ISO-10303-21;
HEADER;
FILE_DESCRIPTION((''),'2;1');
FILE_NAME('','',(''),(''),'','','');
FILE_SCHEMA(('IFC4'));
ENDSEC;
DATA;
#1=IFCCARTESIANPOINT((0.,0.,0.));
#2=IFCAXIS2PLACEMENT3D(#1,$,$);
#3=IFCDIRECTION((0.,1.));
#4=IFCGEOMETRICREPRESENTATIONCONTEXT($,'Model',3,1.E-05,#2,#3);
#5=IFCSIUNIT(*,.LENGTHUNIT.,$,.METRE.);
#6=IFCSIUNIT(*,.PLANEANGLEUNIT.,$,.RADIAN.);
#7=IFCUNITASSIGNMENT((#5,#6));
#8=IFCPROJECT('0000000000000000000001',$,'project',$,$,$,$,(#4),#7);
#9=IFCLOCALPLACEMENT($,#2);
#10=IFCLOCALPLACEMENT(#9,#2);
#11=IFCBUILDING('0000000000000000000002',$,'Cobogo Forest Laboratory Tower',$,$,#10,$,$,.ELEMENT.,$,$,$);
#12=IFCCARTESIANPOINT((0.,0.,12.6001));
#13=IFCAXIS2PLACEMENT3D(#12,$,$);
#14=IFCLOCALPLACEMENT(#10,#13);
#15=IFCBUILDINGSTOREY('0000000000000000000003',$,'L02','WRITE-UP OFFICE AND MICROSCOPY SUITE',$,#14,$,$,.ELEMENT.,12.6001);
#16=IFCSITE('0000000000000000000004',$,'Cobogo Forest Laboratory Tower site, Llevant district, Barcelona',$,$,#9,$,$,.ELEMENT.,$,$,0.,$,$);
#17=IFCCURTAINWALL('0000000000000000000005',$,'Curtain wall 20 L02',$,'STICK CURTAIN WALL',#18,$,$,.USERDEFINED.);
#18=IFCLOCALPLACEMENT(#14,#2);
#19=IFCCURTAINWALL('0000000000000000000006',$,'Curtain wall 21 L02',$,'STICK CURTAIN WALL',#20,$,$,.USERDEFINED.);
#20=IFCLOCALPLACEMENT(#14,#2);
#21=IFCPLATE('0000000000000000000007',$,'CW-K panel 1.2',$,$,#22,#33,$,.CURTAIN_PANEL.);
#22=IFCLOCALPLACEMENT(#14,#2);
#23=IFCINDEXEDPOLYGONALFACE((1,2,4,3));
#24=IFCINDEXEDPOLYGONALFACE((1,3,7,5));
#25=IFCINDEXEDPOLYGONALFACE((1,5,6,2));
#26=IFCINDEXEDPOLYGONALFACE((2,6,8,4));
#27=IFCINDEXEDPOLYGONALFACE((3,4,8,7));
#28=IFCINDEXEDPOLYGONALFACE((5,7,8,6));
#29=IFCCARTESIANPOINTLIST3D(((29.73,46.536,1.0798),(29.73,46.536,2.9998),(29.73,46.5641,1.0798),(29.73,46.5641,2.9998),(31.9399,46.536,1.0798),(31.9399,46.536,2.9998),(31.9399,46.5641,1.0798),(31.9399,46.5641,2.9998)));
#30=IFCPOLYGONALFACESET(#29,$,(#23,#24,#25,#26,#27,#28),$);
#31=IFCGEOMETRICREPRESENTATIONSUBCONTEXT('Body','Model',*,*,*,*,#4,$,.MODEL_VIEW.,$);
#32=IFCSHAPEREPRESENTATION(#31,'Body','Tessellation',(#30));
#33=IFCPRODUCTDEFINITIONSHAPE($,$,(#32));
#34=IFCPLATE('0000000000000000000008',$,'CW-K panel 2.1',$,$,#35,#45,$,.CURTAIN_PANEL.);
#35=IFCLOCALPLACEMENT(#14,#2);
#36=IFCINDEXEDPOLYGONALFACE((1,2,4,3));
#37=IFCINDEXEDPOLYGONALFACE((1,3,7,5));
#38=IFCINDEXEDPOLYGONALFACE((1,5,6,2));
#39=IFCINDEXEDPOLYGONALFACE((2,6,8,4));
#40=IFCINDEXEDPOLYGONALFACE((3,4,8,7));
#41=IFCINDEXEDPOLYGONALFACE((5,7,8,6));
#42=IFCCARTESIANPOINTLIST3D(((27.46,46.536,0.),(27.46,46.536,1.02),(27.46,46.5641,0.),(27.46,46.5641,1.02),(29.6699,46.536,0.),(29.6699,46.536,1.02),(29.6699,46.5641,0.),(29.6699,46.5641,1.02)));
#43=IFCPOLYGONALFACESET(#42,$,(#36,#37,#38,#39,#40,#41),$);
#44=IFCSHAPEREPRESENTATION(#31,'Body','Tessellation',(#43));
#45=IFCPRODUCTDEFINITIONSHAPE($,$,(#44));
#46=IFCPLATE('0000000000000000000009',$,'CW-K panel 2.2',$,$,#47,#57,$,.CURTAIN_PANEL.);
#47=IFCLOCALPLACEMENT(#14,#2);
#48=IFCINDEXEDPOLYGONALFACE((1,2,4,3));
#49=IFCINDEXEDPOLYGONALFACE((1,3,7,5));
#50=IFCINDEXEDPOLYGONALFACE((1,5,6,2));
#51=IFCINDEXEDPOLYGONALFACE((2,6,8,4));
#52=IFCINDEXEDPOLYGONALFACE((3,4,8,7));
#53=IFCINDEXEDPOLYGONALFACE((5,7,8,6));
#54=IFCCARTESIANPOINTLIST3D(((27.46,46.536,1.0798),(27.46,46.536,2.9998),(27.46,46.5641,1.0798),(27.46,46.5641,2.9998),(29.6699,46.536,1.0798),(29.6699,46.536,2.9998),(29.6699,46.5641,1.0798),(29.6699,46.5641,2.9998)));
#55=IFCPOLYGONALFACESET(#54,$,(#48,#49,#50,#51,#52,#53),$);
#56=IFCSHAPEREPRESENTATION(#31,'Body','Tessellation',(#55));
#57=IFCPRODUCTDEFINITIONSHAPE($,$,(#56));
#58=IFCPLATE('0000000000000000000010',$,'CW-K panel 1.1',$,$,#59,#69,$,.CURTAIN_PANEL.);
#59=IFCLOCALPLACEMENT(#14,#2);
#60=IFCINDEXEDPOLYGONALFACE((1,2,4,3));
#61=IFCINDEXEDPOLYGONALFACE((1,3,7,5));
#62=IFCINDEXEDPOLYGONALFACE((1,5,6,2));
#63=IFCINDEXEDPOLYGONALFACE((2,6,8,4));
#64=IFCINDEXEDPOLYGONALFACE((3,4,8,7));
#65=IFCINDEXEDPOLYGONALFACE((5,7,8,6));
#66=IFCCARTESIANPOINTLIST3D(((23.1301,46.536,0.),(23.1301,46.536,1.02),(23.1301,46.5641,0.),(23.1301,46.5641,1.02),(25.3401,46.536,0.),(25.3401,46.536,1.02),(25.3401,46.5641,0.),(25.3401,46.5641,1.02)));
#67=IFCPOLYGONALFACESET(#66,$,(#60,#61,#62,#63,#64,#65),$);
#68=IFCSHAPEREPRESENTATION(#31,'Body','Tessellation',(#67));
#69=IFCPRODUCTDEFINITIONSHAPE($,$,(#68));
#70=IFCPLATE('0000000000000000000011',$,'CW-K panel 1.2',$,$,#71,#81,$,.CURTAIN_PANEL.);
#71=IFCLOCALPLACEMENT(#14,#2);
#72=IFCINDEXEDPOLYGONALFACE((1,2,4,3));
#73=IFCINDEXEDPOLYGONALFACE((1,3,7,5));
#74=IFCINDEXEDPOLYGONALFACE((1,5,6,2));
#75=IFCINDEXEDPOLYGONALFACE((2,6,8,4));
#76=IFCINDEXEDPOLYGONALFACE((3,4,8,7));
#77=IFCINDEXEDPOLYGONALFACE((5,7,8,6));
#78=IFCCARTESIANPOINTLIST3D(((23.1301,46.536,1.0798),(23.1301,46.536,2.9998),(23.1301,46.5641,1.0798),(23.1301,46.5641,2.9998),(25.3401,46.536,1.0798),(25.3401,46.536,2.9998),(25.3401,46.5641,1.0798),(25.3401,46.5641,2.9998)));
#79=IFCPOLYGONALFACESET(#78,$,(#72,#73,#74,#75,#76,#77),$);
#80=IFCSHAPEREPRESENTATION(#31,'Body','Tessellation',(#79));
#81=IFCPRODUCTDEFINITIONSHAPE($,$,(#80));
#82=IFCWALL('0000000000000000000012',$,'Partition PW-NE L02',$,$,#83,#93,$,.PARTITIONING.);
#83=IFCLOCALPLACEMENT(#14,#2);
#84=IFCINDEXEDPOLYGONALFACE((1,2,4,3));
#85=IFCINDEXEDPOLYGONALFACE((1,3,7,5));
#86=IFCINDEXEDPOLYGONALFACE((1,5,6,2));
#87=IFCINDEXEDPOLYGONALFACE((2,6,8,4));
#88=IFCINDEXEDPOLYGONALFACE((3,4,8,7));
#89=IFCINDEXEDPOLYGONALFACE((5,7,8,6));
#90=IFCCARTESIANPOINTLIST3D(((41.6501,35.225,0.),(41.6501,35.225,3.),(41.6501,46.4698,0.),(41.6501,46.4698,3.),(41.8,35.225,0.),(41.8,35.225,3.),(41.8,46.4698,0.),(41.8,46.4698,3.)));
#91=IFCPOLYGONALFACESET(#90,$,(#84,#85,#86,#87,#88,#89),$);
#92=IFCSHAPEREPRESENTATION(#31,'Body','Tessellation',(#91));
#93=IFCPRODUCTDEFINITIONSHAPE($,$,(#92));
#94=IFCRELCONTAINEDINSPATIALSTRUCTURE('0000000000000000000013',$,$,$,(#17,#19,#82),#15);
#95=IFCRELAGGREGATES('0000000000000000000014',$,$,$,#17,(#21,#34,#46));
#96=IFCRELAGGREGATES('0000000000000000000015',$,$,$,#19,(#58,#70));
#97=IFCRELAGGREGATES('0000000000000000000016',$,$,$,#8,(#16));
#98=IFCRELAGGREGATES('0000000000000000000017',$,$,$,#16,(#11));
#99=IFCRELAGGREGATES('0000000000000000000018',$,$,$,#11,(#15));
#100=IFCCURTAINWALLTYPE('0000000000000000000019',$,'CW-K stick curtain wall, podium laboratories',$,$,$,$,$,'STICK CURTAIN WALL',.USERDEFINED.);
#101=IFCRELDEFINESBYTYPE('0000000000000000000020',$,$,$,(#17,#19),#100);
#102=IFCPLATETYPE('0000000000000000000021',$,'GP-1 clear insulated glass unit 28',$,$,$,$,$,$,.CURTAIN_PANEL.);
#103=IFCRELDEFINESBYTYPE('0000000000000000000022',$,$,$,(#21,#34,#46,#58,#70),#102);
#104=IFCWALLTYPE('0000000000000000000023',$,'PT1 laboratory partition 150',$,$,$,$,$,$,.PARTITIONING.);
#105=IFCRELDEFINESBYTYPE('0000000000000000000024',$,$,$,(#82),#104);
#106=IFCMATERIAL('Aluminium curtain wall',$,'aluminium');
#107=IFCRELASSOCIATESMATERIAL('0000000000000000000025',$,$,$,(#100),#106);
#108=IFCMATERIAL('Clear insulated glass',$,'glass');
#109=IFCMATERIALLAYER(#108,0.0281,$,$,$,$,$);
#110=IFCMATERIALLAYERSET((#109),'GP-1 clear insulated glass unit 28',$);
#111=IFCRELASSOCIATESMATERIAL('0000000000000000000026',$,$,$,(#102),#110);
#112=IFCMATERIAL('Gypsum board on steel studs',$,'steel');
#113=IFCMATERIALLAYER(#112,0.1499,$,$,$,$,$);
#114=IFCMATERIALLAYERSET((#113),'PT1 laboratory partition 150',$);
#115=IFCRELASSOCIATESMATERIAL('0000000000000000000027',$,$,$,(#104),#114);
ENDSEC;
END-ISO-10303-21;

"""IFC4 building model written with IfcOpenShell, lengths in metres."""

from ifc_helpers import new_model, si_unit, direction, frame, frame_2d, origin, origin_2d, place, context, subcontext, project, spatial, rectangle, extrude, material, layer, layer_set, type_object, element, aggregate, save


model = new_model("IFC4")

# Units and contexts
model_context = context("Model", 3, precision=1e-05, world=origin(), true_north=direction((0.0, 1.0)))
body_context = subcontext(model_context, "Body", "Model", "MODEL_VIEW")
ifc_project = project(units=[si_unit("LENGTHUNIT", "METRE"), si_unit("PLANEANGLEUNIT", "RADIAN")], contexts=[model_context])

# Site, building, storey
site_placement = place(None, origin())
site = spatial("IfcSite", under=ifc_project, at=site_placement, Name="Cobogo Forest Laboratory Tower site, Llevant district, Barcelona", CompositionType="ELEMENT", RefElevation=0.0)
building_placement = place(site_placement, origin())
building = spatial("IfcBuilding", under=site, at=building_placement, Name="Cobogo Forest Laboratory Tower", CompositionType="ELEMENT")
storey_placement = place(building_placement, frame((0.0, 0.0, 12.6001)))
storey = spatial("IfcBuildingStorey", under=building, at=storey_placement, Name="L02", Description="WRITE-UP OFFICE AND MICROSCOPY SUITE", CompositionType="ELEMENT", Elevation=12.6001)

# Curtain wall
ifc_material_1 = material(Name="Aluminium curtain wall", Category="aluminium")
curtain_wall_type = type_object("IfcCurtainWallType", Name="CW-K stick curtain wall, podium laboratories", ElementType="STICK CURTAIN WALL", PredefinedType="USERDEFINED", material=ifc_material_1)
curtain_wall_1_placement = place(storey_placement, origin())
curtain_wall_1 = element("IfcCurtainWall", 1, at=curtain_wall_1_placement, inside=storey, type_object=curtain_wall_type, Name="Curtain wall 20 L02", ObjectType="STICK CURTAIN WALL", PredefinedType="USERDEFINED")

# Curtain wall
curtain_wall_2_placement = place(storey_placement, origin())
curtain_wall_2 = element("IfcCurtainWall", 2, at=curtain_wall_2_placement, inside=storey, type_object=curtain_wall_type, Name="Curtain wall 21 L02", ObjectType="STICK CURTAIN WALL", PredefinedType="USERDEFINED")

# Plates
ifc_material_2 = material(Name="Clear insulated glass", Category="glass")
ifc_layer_1 = layer(ifc_material_2, 0.0281)
ifc_layer_set_1 = layer_set([ifc_layer_1], Name="GP-1 clear insulated glass unit 28")
plate_type_1 = type_object("IfcPlateType", Name="GP-1 clear insulated glass unit 28", PredefinedType="CURTAIN_PANEL", material=ifc_layer_set_1)
plate_1_placement = place(storey_placement, frame((30.835, 46.55, 1.0798), z_axis=(0.0, 0.0, 1.0), x_axis=(-1.0, 0.0, 0.0)))
plate_1 = element("IfcPlate", 3, at=plate_1_placement, type_object=plate_type_1, Name="CW-K panel 1.2", PredefinedType="CURTAIN_PANEL", context=body_context, shape_type="SweptSolid", body=[
    extrude(rectangle(XDim=2.21, YDim=0.0281, at=origin_2d()), origin(), (0.0, 0.0, 1.0), 1.9199),
])
plate_2_placement = place(storey_placement, frame((28.5649, 46.55, 0.0), z_axis=(0.0, 0.0, 1.0), x_axis=(-1.0, 0.0, 0.0)))
plate_2 = element("IfcPlate", 4, at=plate_2_placement, type_object=plate_type_1, Name="CW-K panel 2.1", PredefinedType="CURTAIN_PANEL", context=body_context, shape_type="SweptSolid", body=[
    extrude(rectangle(XDim=2.21, YDim=0.0281, at=origin_2d()), origin(), (0.0, 0.0, 1.0), 1.02),
])
plate_3_placement = place(storey_placement, frame((28.5649, 46.55, 1.0798), z_axis=(0.0, 0.0, 1.0), x_axis=(-1.0, 0.0, 0.0)))
plate_3 = element("IfcPlate", 5, at=plate_3_placement, type_object=plate_type_1, Name="CW-K panel 2.2", PredefinedType="CURTAIN_PANEL", context=body_context, shape_type="SweptSolid", body=[
    extrude(rectangle(XDim=2.21, YDim=0.0281, at=origin_2d()), origin(), (0.0, 0.0, 1.0), 1.9199),
])
aggregate(curtain_wall_1, [plate_1, plate_2, plate_3])
plate_4_placement = place(storey_placement, frame((24.2351, 46.55, 0.0), z_axis=(0.0, 0.0, 1.0), x_axis=(-1.0, 0.0, 0.0)))
plate_4 = element("IfcPlate", 6, at=plate_4_placement, type_object=plate_type_1, Name="CW-K panel 1.1", PredefinedType="CURTAIN_PANEL", context=body_context, shape_type="SweptSolid", body=[
    extrude(rectangle(XDim=2.21, YDim=0.0281, at=origin_2d()), origin(), (0.0, 0.0, 1.0), 1.02),
])
plate_5_placement = place(storey_placement, frame((24.2351, 46.55, 1.0798), z_axis=(0.0, 0.0, 1.0), x_axis=(-1.0, 0.0, 0.0)))
plate_5 = element("IfcPlate", 7, at=plate_5_placement, type_object=plate_type_1, Name="CW-K panel 1.2", PredefinedType="CURTAIN_PANEL", context=body_context, shape_type="SweptSolid", body=[
    extrude(rectangle(XDim=2.21, YDim=0.0281, at=origin_2d()), origin(), (0.0, 0.0, 1.0), 1.9199),
])
aggregate(curtain_wall_2, [plate_4, plate_5])

# Wall
ifc_material_3 = material(Name="Gypsum board on steel studs", Category="steel")
ifc_layer_2 = layer(ifc_material_3, 0.1499)
ifc_layer_set_2 = layer_set([ifc_layer_2], Name="PT1 laboratory partition 150")
wall_type = type_object("IfcWallType", Name="PT1 laboratory partition 150", PredefinedType="PARTITIONING", material=ifc_layer_set_2)
wall_placement = place(storey_placement, frame((41.7251, 46.47, 0.0), z_axis=(0.0, 0.0, 1.0), x_axis=(0.0, -1.0, 0.0)))
element("IfcWall", 8, at=wall_placement, inside=storey, type_object=wall_type, Name="Partition PW-NE L02", PredefinedType="PARTITIONING", context=body_context, shape_type="SweptSolid", body=[
    extrude(rectangle(XDim=11.2449, YDim=0.1499, at=frame_2d((5.6226, 0.0))), origin(), (0.0, 0.0, 1.0), 3.0),
])

save(model, "model.ifc")
